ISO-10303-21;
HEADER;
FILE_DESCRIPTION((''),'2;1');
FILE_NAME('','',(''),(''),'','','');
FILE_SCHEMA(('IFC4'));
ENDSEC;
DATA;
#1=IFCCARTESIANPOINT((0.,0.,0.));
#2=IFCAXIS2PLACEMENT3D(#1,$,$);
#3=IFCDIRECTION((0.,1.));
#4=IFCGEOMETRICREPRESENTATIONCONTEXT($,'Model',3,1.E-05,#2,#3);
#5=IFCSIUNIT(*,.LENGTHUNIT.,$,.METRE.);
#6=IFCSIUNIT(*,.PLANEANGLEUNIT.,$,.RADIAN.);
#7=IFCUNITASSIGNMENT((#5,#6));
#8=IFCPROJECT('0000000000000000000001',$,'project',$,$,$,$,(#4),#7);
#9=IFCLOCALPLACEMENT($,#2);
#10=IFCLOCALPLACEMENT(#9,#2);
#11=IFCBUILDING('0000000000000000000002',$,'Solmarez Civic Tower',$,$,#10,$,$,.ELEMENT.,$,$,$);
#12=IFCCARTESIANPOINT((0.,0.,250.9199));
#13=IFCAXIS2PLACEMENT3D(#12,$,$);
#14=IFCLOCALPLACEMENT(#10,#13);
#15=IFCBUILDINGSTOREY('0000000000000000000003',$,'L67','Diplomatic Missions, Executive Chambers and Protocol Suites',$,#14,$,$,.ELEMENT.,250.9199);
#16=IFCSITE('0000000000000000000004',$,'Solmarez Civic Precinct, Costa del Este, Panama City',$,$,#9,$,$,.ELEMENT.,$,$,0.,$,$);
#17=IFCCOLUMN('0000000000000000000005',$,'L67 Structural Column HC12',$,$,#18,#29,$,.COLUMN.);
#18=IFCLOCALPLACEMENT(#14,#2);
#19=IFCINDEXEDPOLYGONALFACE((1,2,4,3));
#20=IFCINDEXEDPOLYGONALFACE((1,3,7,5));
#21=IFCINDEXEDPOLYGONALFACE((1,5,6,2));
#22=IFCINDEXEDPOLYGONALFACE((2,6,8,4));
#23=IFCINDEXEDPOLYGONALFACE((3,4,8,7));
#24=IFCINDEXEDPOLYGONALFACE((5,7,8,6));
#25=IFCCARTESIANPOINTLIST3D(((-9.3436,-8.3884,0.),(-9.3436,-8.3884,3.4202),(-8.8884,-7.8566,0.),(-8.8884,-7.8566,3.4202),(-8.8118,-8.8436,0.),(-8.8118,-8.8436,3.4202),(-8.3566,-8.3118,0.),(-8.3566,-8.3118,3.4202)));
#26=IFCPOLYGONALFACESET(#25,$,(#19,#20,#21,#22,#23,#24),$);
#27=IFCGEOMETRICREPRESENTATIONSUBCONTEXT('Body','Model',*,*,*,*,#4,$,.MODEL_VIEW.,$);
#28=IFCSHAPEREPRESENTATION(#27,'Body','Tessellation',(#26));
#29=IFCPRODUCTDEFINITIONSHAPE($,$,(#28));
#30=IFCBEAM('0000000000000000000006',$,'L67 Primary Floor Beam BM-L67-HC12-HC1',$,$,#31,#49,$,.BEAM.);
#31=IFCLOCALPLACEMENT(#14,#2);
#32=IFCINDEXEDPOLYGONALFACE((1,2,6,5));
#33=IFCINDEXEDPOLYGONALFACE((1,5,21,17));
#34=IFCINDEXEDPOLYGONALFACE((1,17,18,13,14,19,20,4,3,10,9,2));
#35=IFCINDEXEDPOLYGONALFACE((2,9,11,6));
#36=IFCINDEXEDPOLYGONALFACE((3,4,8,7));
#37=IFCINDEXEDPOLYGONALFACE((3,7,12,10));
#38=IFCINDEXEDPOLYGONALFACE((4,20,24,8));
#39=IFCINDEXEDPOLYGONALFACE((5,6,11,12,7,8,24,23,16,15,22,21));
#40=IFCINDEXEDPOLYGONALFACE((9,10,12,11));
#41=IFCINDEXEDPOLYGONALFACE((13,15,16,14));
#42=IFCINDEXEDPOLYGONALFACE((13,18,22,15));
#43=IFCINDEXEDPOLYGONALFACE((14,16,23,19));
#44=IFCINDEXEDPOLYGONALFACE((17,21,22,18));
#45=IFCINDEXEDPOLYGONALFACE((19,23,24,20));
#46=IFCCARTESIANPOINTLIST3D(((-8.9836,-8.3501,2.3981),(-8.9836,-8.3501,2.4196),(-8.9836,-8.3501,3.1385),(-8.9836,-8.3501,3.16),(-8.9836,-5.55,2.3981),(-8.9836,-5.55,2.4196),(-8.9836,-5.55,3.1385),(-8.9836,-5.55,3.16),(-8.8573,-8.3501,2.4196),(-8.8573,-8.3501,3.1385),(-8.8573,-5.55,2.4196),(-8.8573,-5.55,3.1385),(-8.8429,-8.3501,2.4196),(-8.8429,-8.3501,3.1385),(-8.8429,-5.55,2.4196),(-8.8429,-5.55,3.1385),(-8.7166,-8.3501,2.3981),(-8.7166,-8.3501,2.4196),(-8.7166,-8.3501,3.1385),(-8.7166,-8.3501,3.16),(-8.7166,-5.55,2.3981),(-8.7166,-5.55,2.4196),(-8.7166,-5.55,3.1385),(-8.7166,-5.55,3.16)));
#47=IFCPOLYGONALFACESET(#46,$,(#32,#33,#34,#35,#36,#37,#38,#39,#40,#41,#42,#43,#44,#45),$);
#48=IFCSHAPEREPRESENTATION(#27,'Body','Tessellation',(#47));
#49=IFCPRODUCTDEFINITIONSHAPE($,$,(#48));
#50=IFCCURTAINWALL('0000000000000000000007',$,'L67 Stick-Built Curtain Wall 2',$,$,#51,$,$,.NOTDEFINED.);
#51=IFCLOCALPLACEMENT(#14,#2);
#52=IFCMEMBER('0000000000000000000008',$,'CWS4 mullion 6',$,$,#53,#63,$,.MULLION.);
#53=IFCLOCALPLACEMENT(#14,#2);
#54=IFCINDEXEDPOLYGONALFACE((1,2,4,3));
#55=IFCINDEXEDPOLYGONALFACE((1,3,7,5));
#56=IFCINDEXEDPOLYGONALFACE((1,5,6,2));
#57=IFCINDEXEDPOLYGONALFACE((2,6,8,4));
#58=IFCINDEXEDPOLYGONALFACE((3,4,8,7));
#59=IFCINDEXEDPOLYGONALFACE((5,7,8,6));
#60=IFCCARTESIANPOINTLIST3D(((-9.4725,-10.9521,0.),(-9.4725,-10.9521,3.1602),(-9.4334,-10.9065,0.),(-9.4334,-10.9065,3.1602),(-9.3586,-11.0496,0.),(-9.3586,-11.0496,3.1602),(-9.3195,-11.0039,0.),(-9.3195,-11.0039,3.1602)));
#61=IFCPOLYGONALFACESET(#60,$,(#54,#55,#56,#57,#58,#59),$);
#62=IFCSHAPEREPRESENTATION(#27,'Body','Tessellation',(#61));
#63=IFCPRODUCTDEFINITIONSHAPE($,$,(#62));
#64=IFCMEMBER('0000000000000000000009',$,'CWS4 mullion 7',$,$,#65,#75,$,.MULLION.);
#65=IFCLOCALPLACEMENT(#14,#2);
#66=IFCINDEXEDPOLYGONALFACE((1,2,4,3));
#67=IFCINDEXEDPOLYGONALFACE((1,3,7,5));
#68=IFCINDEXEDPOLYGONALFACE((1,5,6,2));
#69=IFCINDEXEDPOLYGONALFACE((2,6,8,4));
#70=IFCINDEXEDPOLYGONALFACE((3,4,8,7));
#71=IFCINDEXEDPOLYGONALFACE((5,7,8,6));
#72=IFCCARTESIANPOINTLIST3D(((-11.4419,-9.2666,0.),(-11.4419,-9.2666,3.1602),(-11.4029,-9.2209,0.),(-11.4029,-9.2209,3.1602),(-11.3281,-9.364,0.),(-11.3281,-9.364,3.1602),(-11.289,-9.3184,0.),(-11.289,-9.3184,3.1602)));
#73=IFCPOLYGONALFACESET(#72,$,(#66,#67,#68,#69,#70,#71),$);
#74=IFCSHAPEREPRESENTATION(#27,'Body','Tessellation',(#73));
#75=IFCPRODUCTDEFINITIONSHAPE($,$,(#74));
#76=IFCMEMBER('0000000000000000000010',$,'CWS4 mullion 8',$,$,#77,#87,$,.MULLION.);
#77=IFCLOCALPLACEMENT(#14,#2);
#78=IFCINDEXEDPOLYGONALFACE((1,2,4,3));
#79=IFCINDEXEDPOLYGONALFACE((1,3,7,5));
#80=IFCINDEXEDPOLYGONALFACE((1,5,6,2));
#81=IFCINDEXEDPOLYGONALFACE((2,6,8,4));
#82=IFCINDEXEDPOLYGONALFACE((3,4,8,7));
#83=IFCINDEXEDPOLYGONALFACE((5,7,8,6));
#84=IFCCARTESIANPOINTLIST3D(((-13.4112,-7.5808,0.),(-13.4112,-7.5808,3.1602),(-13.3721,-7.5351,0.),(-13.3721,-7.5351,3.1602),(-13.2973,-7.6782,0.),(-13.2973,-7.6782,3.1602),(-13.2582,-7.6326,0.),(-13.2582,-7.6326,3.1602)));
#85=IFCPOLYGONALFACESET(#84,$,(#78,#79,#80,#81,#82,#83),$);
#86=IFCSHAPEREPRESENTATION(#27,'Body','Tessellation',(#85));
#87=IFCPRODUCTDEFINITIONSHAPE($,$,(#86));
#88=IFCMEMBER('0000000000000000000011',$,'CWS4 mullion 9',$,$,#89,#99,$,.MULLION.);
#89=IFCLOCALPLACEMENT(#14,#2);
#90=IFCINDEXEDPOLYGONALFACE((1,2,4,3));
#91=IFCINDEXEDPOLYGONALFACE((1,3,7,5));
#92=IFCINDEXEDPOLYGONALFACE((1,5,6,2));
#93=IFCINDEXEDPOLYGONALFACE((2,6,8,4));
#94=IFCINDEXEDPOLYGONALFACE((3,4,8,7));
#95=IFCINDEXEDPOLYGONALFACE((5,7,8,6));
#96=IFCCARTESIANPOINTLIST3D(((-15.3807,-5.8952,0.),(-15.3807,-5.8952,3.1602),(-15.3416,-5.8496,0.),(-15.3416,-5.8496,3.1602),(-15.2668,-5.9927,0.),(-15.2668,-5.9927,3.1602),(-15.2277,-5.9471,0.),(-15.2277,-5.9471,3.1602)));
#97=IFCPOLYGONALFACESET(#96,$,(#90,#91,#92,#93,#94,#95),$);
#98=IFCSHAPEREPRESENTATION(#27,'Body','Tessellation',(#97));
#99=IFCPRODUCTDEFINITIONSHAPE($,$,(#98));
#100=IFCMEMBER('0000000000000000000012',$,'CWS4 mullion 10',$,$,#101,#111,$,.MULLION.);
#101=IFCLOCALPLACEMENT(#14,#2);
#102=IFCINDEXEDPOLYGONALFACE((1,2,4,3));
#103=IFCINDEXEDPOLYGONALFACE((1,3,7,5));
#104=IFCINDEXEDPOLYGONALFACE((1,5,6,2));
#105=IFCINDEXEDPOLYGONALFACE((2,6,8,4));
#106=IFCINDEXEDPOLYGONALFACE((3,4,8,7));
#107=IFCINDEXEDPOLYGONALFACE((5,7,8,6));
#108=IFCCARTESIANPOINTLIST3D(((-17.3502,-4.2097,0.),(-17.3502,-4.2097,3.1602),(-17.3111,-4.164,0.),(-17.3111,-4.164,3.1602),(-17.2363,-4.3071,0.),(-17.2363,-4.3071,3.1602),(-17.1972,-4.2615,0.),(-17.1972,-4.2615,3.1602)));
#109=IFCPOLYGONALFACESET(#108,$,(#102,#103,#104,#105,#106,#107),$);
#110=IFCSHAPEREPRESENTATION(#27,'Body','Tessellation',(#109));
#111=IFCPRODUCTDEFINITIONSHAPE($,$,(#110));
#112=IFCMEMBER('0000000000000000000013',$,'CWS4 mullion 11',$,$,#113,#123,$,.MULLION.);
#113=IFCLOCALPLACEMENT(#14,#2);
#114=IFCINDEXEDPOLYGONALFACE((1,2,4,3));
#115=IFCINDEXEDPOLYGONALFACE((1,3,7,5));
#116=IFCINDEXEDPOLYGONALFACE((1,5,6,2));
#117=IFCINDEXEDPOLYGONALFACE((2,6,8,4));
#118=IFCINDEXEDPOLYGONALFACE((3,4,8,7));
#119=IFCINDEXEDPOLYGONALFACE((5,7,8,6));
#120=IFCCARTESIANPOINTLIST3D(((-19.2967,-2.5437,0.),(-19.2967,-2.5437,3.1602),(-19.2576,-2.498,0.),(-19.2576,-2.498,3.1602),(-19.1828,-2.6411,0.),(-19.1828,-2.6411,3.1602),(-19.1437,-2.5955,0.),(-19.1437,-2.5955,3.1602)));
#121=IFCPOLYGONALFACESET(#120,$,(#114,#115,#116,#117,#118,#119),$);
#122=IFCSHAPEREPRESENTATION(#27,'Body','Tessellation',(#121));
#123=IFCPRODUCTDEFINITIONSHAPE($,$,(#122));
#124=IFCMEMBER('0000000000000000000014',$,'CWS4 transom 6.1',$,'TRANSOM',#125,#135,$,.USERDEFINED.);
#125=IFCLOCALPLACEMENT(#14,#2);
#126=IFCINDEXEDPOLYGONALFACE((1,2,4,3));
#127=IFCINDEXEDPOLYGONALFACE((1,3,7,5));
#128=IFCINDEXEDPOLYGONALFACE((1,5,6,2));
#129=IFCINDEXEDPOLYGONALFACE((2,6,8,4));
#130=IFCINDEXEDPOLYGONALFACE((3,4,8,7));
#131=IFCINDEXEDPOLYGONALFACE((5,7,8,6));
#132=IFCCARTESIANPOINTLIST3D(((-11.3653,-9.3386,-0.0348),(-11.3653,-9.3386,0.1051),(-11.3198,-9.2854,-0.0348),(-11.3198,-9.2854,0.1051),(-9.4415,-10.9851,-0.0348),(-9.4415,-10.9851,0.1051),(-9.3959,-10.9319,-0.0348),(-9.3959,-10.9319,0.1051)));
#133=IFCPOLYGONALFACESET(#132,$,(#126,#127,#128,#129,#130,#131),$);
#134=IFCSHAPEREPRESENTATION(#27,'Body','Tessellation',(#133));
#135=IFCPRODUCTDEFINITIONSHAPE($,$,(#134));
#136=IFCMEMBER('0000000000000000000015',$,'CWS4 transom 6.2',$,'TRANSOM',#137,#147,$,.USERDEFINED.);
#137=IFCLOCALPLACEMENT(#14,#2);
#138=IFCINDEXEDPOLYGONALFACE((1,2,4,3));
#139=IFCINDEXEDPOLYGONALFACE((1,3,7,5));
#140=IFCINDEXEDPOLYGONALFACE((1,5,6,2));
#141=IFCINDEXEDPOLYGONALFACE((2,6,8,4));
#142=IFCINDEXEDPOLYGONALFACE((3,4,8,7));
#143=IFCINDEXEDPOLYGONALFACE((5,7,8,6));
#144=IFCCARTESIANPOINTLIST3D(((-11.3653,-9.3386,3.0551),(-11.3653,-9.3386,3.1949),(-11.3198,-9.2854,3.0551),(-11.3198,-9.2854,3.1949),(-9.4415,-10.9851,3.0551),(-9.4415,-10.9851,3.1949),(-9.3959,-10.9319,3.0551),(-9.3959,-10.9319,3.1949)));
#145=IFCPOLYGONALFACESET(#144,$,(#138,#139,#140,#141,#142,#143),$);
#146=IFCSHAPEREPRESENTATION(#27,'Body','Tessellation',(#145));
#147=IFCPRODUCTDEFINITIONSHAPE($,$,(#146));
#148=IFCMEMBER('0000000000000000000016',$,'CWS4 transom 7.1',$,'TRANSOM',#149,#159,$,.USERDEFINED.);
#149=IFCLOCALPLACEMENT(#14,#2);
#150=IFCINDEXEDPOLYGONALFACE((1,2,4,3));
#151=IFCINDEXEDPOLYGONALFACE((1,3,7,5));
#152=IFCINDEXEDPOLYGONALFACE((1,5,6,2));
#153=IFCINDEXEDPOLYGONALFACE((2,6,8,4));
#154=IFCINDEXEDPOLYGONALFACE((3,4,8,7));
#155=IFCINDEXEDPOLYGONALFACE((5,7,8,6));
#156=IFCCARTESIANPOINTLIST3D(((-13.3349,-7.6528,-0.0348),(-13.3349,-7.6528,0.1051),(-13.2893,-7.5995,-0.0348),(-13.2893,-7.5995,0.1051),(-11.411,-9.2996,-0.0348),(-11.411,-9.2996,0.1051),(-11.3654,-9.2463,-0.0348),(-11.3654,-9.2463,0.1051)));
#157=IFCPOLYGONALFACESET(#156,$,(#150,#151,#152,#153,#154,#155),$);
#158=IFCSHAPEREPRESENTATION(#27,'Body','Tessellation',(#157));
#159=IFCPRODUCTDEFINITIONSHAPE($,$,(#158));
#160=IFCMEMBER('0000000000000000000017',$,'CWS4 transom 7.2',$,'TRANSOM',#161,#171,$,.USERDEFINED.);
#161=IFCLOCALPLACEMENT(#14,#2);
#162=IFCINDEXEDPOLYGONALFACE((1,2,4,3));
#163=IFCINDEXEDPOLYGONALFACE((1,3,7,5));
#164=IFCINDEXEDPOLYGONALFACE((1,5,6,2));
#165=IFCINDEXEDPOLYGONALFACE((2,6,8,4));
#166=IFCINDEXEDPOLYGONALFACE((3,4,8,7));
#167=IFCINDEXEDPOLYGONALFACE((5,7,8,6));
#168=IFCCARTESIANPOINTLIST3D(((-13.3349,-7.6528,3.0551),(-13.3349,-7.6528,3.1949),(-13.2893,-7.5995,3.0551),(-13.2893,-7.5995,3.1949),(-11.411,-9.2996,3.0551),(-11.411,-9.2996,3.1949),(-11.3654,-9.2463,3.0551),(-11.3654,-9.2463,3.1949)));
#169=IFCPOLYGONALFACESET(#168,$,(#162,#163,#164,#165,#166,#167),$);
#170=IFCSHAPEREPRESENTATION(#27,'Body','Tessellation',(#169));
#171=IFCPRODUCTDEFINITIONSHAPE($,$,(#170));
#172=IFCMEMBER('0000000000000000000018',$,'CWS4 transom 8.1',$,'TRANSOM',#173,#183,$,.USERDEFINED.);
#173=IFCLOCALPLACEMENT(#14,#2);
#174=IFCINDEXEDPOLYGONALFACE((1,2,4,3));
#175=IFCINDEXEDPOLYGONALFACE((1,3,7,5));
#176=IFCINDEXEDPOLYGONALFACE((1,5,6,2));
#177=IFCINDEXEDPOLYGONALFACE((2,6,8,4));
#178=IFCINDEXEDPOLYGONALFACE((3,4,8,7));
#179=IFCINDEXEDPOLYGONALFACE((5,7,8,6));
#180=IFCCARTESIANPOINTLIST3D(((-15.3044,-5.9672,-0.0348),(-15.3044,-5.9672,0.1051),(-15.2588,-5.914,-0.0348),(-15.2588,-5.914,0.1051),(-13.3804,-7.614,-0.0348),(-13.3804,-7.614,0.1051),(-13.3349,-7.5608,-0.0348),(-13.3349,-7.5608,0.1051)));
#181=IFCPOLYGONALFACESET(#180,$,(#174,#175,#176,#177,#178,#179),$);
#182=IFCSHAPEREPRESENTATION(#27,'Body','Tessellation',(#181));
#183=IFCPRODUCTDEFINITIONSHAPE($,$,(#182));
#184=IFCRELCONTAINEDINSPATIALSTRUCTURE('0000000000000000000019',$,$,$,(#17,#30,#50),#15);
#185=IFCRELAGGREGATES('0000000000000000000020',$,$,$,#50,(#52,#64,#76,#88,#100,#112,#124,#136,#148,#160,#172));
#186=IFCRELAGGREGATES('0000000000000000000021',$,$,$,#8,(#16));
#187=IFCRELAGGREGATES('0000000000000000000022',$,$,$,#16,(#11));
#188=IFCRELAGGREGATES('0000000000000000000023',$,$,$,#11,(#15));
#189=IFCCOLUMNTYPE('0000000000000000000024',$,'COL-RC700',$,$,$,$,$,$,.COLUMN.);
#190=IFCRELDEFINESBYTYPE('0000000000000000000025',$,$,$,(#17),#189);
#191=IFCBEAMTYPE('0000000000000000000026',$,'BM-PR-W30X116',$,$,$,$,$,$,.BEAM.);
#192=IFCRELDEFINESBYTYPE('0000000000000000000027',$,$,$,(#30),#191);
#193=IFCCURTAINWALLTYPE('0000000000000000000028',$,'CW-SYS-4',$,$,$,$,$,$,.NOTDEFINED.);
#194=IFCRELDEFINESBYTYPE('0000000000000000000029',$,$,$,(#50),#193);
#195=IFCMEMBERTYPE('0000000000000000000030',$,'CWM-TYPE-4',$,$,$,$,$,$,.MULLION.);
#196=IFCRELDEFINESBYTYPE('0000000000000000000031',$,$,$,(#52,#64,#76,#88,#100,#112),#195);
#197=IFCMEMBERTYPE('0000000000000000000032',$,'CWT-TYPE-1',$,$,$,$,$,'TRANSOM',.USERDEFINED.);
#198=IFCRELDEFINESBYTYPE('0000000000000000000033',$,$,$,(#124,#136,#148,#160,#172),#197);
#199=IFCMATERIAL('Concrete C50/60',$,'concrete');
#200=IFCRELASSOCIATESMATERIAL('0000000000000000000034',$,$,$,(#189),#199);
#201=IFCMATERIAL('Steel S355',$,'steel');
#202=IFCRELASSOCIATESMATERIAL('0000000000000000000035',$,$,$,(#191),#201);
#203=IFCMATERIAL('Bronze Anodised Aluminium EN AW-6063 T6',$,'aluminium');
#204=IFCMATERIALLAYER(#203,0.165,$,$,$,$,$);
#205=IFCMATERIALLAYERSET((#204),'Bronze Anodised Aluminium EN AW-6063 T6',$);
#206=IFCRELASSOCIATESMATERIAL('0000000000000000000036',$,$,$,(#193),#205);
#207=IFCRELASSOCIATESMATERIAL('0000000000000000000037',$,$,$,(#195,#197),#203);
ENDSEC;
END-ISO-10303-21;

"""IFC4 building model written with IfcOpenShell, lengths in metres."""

from ifc_helpers import new_model, si_unit, direction, frame, origin, origin_2d, place, context, subcontext, project, spatial, rectangle, i_section, extrude, material, layer, layer_set, material_profile, profile_set, type_object, element, aggregate, save


model = new_model("IFC4")

# Units and contexts
model_context = context("Model", 3, precision=1e-05, world=origin(), true_north=direction((0.0, 1.0)))
body_context = subcontext(model_context, "Body", "Model", "MODEL_VIEW")
ifc_project = project(units=[si_unit("LENGTHUNIT", "METRE"), si_unit("PLANEANGLEUNIT", "RADIAN")], contexts=[model_context])

# Site, building, storey
site_placement = place(None, origin())
site = spatial("IfcSite", under=ifc_project, at=site_placement, Name="Solmarez Civic Precinct, Costa del Este, Panama City", CompositionType="ELEMENT", RefElevation=0.0)
building_placement = place(site_placement, origin())
building = spatial("IfcBuilding", under=site, at=building_placement, Name="Solmarez Civic Tower", CompositionType="ELEMENT")
storey_placement = place(building_placement, frame((0.0, 0.0, 250.9199)))
storey = spatial("IfcBuildingStorey", under=building, at=storey_placement, Name="L67", Description="Diplomatic Missions, Executive Chambers and Protocol Suites", CompositionType="ELEMENT", Elevation=250.9199)

# Column
ifc_material_1 = material(Name="Concrete C50/60", Category="concrete")
ifc_material_profile_1 = material_profile(ifc_material_1, rectangle(XDim=0.7, YDim=0.7, at=origin_2d()), Name="RC700X700")
ifc_profile_set_1 = profile_set([ifc_material_profile_1], Name="Concrete C50/60")
column_type = type_object("IfcColumnType", Name="COL-RC700", PredefinedType="COLUMN", material=ifc_profile_set_1)
column_placement = place(storey_placement, frame((-8.8501, -8.3501, 0.0), z_axis=(0.0, 0.0, 1.0), x_axis=(0.650244, 0.759725, 0.0)))
element("IfcColumn", 1, at=column_placement, inside=storey, type_object=column_type, Name="L67 Structural Column HC12", PredefinedType="COLUMN", context=body_context, shape_type="SweptSolid", body=[
    extrude(rectangle(XDim=0.7, YDim=0.7, at=origin_2d()), origin(), (0.0, 0.0, 1.0), 3.4202),
])

# Beam
ifc_material_2 = material(Name="Steel S355", Category="steel")
ifc_material_profile_2 = material_profile(ifc_material_2, i_section(OverallWidth=0.2671, OverallDepth=0.762, WebThickness=0.0144, FlangeThickness=0.0215, at=origin_2d()), Name="W30X116")
ifc_profile_set_2 = profile_set([ifc_material_profile_2], Name="Steel S355")
beam_type = type_object("IfcBeamType", Name="BM-PR-W30X116", PredefinedType="BEAM", material=ifc_profile_set_2)
beam_placement = place(storey_placement, frame((-8.8501, -8.3501, 2.7791), z_axis=(0.0, 1.0, 0.0), x_axis=(-1.0, 0.0, 0.0)))
element("IfcBeam", 2, at=beam_placement, inside=storey, type_object=beam_type, Name="L67 Primary Floor Beam BM-L67-HC12-HC1", PredefinedType="BEAM", context=body_context, shape_type="SweptSolid", body=[
    extrude(i_section(OverallWidth=0.2671, OverallDepth=0.762, WebThickness=0.0144, FlangeThickness=0.0215, at=origin_2d()), origin(), (0.0, 0.0, 1.0), 2.8),
])

# Curtain wall, members
ifc_material_3 = material(Name="Bronze Anodised Aluminium EN AW-6063 T6", Category="aluminium")
ifc_layer_1 = layer(ifc_material_3, 0.165)
ifc_layer_set_1 = layer_set([ifc_layer_1], Name="Bronze Anodised Aluminium EN AW-6063 T6")
curtain_wall_type = type_object("IfcCurtainWallType", Name="CW-SYS-4", PredefinedType="NOTDEFINED", material=ifc_layer_set_1)
curtain_wall_placement = place(storey_placement, origin())
curtain_wall = element("IfcCurtainWall", 3, at=curtain_wall_placement, inside=storey, type_object=curtain_wall_type, Name="L67 Stick-Built Curtain Wall 2", PredefinedType="NOTDEFINED")
ifc_material_profile_3 = material_profile(ifc_material_3, rectangle(XDim=0.0601, YDim=0.1499, at=origin_2d()), Name="CWM-60X150")
ifc_profile_set_3 = profile_set([ifc_material_profile_3], Name="Bronze Anodised Aluminium EN AW-6063 T6")
member_type_1 = type_object("IfcMemberType", Name="CWM-TYPE-4", PredefinedType="MULLION", material=ifc_profile_set_3)
member_1_placement = place(storey_placement, frame((-9.396, -10.978, 0.0), z_axis=(0.0, 0.0, 1.0), x_axis=(-0.650245, -0.759725, 0.0)))
member_1 = element("IfcMember", 4, at=member_1_placement, type_object=member_type_1, Name="CWS4 mullion 6", PredefinedType="MULLION", context=body_context, shape_type="SweptSolid", body=[
    extrude(rectangle(XDim=0.0601, YDim=0.1499, at=origin_2d()), origin(), (0.0, 0.0, 1.0), 3.1602),
])
member_2_placement = place(storey_placement, frame((-11.3655, -9.2925, 0.0), z_axis=(0.0, 0.0, 1.0), x_axis=(-0.650245, -0.759725, 0.0)))
member_2 = element("IfcMember", 5, at=member_2_placement, type_object=member_type_1, Name="CWS4 mullion 7", PredefinedType="MULLION", context=body_context, shape_type="SweptSolid", body=[
    extrude(rectangle(XDim=0.0601, YDim=0.1499, at=origin_2d()), origin(), (0.0, 0.0, 1.0), 3.1602),
])
member_3_placement = place(storey_placement, frame((-13.3347, -7.6067, 0.0), z_axis=(0.0, 0.0, 1.0), x_axis=(-0.650245, -0.759725, 0.0)))
member_3 = element("IfcMember", 6, at=member_3_placement, type_object=member_type_1, Name="CWS4 mullion 8", PredefinedType="MULLION", context=body_context, shape_type="SweptSolid", body=[
    extrude(rectangle(XDim=0.0601, YDim=0.1499, at=origin_2d()), origin(), (0.0, 0.0, 1.0), 3.1602),
])
member_4_placement = place(storey_placement, frame((-15.3042, -5.9211, 0.0), z_axis=(0.0, 0.0, 1.0), x_axis=(-0.650245, -0.759725, 0.0)))
member_4 = element("IfcMember", 7, at=member_4_placement, type_object=member_type_1, Name="CWS4 mullion 9", PredefinedType="MULLION", context=body_context, shape_type="SweptSolid", body=[
    extrude(rectangle(XDim=0.0601, YDim=0.1499, at=origin_2d()), origin(), (0.0, 0.0, 1.0), 3.1602),
])
member_5_placement = place(storey_placement, frame((-17.2737, -4.2356, 0.0), z_axis=(0.0, 0.0, 1.0), x_axis=(-0.650245, -0.759725, 0.0)))
member_5 = element("IfcMember", 8, at=member_5_placement, type_object=member_type_1, Name="CWS4 mullion 10", PredefinedType="MULLION", context=body_context, shape_type="SweptSolid", body=[
    extrude(rectangle(XDim=0.0601, YDim=0.1499, at=origin_2d()), origin(), (0.0, 0.0, 1.0), 3.1602),
])
member_6_placement = place(storey_placement, frame((-19.2202, -2.5696, 0.0), z_axis=(0.0, 0.0, 1.0), x_axis=(-0.650245, -0.759725, 0.0)))
member_6 = element("IfcMember", 9, at=member_6_placement, type_object=member_type_1, Name="CWS4 mullion 11", PredefinedType="MULLION", context=body_context, shape_type="SweptSolid", body=[
    extrude(rectangle(XDim=0.0601, YDim=0.1499, at=origin_2d()), origin(), (0.0, 0.0, 1.0), 3.1602),
])
ifc_material_profile_4 = material_profile(ifc_material_3, rectangle(XDim=0.0701, YDim=0.1399, at=origin_2d()), Name="CWT-70X140")
ifc_profile_set_4 = profile_set([ifc_material_profile_4], Name="Bronze Anodised Aluminium EN AW-6063 T6")
member_type_2 = type_object("IfcMemberType", Name="CWT-TYPE-1", ElementType="TRANSOM", PredefinedType="USERDEFINED", material=ifc_profile_set_4)
member_7_placement = place(storey_placement, frame((-9.4187, -10.9585, 0.0352), z_axis=(-0.759746, 0.65022, 0.0), x_axis=(-0.65022, -0.759746, 0.0)))
member_7 = element("IfcMember", 10, at=member_7_placement, type_object=member_type_2, Name="CWS4 transom 6.1", ObjectType="TRANSOM", PredefinedType="USERDEFINED", context=body_context, shape_type="SweptSolid", body=[
    extrude(rectangle(XDim=0.0701, YDim=0.1399, at=origin_2d()), origin(), (0.0, 0.0, 1.0), 2.5322),
])
member_8_placement = place(storey_placement, frame((-9.4187, -10.9585, 3.125), z_axis=(-0.759746, 0.65022, 0.0), x_axis=(-0.65022, -0.759746, 0.0)))
member_8 = element("IfcMember", 11, at=member_8_placement, type_object=member_type_2, Name="CWS4 transom 6.2", ObjectType="TRANSOM", PredefinedType="USERDEFINED", context=body_context, shape_type="SweptSolid", body=[
    extrude(rectangle(XDim=0.0701, YDim=0.1399, at=origin_2d()), origin(), (0.0, 0.0, 1.0), 2.5322),
])
member_9_placement = place(storey_placement, frame((-11.3882, -9.2729, 0.0352), z_axis=(-0.759699, 0.650275, 0.0), x_axis=(-0.650275, -0.759699, 0.0)))
member_9 = element("IfcMember", 12, at=member_9_placement, type_object=member_type_2, Name="CWS4 transom 7.1", ObjectType="TRANSOM", PredefinedType="USERDEFINED", context=body_context, shape_type="SweptSolid", body=[
    extrude(rectangle(XDim=0.0701, YDim=0.1399, at=origin_2d()), origin(), (0.0, 0.0, 1.0), 2.5325),
])
member_10_placement = place(storey_placement, frame((-11.3882, -9.2729, 3.125), z_axis=(-0.759699, 0.650275, 0.0), x_axis=(-0.650275, -0.759699, 0.0)))
member_10 = element("IfcMember", 13, at=member_10_placement, type_object=member_type_2, Name="CWS4 transom 7.2", ObjectType="TRANSOM", PredefinedType="USERDEFINED", context=body_context, shape_type="SweptSolid", body=[
    extrude(rectangle(XDim=0.0701, YDim=0.1399, at=origin_2d()), origin(), (0.0, 0.0, 1.0), 2.5325),
])
member_11_placement = place(storey_placement, frame((-13.3577, -7.5874, 0.0352), z_axis=(-0.759699, 0.650275, 0.0), x_axis=(-0.650275, -0.759699, 0.0)))
member_11 = element("IfcMember", 14, at=member_11_placement, type_object=member_type_2, Name="CWS4 transom 8.1", ObjectType="TRANSOM", PredefinedType="USERDEFINED", context=body_context, shape_type="SweptSolid", body=[
    extrude(rectangle(XDim=0.0701, YDim=0.1399, at=origin_2d()), origin(), (0.0, 0.0, 1.0), 2.5325),
])
aggregate(curtain_wall, [member_1, member_2, member_3, member_4, member_5, member_6, member_7, member_8, member_9, member_10, member_11])

save(model, "model.ifc")
